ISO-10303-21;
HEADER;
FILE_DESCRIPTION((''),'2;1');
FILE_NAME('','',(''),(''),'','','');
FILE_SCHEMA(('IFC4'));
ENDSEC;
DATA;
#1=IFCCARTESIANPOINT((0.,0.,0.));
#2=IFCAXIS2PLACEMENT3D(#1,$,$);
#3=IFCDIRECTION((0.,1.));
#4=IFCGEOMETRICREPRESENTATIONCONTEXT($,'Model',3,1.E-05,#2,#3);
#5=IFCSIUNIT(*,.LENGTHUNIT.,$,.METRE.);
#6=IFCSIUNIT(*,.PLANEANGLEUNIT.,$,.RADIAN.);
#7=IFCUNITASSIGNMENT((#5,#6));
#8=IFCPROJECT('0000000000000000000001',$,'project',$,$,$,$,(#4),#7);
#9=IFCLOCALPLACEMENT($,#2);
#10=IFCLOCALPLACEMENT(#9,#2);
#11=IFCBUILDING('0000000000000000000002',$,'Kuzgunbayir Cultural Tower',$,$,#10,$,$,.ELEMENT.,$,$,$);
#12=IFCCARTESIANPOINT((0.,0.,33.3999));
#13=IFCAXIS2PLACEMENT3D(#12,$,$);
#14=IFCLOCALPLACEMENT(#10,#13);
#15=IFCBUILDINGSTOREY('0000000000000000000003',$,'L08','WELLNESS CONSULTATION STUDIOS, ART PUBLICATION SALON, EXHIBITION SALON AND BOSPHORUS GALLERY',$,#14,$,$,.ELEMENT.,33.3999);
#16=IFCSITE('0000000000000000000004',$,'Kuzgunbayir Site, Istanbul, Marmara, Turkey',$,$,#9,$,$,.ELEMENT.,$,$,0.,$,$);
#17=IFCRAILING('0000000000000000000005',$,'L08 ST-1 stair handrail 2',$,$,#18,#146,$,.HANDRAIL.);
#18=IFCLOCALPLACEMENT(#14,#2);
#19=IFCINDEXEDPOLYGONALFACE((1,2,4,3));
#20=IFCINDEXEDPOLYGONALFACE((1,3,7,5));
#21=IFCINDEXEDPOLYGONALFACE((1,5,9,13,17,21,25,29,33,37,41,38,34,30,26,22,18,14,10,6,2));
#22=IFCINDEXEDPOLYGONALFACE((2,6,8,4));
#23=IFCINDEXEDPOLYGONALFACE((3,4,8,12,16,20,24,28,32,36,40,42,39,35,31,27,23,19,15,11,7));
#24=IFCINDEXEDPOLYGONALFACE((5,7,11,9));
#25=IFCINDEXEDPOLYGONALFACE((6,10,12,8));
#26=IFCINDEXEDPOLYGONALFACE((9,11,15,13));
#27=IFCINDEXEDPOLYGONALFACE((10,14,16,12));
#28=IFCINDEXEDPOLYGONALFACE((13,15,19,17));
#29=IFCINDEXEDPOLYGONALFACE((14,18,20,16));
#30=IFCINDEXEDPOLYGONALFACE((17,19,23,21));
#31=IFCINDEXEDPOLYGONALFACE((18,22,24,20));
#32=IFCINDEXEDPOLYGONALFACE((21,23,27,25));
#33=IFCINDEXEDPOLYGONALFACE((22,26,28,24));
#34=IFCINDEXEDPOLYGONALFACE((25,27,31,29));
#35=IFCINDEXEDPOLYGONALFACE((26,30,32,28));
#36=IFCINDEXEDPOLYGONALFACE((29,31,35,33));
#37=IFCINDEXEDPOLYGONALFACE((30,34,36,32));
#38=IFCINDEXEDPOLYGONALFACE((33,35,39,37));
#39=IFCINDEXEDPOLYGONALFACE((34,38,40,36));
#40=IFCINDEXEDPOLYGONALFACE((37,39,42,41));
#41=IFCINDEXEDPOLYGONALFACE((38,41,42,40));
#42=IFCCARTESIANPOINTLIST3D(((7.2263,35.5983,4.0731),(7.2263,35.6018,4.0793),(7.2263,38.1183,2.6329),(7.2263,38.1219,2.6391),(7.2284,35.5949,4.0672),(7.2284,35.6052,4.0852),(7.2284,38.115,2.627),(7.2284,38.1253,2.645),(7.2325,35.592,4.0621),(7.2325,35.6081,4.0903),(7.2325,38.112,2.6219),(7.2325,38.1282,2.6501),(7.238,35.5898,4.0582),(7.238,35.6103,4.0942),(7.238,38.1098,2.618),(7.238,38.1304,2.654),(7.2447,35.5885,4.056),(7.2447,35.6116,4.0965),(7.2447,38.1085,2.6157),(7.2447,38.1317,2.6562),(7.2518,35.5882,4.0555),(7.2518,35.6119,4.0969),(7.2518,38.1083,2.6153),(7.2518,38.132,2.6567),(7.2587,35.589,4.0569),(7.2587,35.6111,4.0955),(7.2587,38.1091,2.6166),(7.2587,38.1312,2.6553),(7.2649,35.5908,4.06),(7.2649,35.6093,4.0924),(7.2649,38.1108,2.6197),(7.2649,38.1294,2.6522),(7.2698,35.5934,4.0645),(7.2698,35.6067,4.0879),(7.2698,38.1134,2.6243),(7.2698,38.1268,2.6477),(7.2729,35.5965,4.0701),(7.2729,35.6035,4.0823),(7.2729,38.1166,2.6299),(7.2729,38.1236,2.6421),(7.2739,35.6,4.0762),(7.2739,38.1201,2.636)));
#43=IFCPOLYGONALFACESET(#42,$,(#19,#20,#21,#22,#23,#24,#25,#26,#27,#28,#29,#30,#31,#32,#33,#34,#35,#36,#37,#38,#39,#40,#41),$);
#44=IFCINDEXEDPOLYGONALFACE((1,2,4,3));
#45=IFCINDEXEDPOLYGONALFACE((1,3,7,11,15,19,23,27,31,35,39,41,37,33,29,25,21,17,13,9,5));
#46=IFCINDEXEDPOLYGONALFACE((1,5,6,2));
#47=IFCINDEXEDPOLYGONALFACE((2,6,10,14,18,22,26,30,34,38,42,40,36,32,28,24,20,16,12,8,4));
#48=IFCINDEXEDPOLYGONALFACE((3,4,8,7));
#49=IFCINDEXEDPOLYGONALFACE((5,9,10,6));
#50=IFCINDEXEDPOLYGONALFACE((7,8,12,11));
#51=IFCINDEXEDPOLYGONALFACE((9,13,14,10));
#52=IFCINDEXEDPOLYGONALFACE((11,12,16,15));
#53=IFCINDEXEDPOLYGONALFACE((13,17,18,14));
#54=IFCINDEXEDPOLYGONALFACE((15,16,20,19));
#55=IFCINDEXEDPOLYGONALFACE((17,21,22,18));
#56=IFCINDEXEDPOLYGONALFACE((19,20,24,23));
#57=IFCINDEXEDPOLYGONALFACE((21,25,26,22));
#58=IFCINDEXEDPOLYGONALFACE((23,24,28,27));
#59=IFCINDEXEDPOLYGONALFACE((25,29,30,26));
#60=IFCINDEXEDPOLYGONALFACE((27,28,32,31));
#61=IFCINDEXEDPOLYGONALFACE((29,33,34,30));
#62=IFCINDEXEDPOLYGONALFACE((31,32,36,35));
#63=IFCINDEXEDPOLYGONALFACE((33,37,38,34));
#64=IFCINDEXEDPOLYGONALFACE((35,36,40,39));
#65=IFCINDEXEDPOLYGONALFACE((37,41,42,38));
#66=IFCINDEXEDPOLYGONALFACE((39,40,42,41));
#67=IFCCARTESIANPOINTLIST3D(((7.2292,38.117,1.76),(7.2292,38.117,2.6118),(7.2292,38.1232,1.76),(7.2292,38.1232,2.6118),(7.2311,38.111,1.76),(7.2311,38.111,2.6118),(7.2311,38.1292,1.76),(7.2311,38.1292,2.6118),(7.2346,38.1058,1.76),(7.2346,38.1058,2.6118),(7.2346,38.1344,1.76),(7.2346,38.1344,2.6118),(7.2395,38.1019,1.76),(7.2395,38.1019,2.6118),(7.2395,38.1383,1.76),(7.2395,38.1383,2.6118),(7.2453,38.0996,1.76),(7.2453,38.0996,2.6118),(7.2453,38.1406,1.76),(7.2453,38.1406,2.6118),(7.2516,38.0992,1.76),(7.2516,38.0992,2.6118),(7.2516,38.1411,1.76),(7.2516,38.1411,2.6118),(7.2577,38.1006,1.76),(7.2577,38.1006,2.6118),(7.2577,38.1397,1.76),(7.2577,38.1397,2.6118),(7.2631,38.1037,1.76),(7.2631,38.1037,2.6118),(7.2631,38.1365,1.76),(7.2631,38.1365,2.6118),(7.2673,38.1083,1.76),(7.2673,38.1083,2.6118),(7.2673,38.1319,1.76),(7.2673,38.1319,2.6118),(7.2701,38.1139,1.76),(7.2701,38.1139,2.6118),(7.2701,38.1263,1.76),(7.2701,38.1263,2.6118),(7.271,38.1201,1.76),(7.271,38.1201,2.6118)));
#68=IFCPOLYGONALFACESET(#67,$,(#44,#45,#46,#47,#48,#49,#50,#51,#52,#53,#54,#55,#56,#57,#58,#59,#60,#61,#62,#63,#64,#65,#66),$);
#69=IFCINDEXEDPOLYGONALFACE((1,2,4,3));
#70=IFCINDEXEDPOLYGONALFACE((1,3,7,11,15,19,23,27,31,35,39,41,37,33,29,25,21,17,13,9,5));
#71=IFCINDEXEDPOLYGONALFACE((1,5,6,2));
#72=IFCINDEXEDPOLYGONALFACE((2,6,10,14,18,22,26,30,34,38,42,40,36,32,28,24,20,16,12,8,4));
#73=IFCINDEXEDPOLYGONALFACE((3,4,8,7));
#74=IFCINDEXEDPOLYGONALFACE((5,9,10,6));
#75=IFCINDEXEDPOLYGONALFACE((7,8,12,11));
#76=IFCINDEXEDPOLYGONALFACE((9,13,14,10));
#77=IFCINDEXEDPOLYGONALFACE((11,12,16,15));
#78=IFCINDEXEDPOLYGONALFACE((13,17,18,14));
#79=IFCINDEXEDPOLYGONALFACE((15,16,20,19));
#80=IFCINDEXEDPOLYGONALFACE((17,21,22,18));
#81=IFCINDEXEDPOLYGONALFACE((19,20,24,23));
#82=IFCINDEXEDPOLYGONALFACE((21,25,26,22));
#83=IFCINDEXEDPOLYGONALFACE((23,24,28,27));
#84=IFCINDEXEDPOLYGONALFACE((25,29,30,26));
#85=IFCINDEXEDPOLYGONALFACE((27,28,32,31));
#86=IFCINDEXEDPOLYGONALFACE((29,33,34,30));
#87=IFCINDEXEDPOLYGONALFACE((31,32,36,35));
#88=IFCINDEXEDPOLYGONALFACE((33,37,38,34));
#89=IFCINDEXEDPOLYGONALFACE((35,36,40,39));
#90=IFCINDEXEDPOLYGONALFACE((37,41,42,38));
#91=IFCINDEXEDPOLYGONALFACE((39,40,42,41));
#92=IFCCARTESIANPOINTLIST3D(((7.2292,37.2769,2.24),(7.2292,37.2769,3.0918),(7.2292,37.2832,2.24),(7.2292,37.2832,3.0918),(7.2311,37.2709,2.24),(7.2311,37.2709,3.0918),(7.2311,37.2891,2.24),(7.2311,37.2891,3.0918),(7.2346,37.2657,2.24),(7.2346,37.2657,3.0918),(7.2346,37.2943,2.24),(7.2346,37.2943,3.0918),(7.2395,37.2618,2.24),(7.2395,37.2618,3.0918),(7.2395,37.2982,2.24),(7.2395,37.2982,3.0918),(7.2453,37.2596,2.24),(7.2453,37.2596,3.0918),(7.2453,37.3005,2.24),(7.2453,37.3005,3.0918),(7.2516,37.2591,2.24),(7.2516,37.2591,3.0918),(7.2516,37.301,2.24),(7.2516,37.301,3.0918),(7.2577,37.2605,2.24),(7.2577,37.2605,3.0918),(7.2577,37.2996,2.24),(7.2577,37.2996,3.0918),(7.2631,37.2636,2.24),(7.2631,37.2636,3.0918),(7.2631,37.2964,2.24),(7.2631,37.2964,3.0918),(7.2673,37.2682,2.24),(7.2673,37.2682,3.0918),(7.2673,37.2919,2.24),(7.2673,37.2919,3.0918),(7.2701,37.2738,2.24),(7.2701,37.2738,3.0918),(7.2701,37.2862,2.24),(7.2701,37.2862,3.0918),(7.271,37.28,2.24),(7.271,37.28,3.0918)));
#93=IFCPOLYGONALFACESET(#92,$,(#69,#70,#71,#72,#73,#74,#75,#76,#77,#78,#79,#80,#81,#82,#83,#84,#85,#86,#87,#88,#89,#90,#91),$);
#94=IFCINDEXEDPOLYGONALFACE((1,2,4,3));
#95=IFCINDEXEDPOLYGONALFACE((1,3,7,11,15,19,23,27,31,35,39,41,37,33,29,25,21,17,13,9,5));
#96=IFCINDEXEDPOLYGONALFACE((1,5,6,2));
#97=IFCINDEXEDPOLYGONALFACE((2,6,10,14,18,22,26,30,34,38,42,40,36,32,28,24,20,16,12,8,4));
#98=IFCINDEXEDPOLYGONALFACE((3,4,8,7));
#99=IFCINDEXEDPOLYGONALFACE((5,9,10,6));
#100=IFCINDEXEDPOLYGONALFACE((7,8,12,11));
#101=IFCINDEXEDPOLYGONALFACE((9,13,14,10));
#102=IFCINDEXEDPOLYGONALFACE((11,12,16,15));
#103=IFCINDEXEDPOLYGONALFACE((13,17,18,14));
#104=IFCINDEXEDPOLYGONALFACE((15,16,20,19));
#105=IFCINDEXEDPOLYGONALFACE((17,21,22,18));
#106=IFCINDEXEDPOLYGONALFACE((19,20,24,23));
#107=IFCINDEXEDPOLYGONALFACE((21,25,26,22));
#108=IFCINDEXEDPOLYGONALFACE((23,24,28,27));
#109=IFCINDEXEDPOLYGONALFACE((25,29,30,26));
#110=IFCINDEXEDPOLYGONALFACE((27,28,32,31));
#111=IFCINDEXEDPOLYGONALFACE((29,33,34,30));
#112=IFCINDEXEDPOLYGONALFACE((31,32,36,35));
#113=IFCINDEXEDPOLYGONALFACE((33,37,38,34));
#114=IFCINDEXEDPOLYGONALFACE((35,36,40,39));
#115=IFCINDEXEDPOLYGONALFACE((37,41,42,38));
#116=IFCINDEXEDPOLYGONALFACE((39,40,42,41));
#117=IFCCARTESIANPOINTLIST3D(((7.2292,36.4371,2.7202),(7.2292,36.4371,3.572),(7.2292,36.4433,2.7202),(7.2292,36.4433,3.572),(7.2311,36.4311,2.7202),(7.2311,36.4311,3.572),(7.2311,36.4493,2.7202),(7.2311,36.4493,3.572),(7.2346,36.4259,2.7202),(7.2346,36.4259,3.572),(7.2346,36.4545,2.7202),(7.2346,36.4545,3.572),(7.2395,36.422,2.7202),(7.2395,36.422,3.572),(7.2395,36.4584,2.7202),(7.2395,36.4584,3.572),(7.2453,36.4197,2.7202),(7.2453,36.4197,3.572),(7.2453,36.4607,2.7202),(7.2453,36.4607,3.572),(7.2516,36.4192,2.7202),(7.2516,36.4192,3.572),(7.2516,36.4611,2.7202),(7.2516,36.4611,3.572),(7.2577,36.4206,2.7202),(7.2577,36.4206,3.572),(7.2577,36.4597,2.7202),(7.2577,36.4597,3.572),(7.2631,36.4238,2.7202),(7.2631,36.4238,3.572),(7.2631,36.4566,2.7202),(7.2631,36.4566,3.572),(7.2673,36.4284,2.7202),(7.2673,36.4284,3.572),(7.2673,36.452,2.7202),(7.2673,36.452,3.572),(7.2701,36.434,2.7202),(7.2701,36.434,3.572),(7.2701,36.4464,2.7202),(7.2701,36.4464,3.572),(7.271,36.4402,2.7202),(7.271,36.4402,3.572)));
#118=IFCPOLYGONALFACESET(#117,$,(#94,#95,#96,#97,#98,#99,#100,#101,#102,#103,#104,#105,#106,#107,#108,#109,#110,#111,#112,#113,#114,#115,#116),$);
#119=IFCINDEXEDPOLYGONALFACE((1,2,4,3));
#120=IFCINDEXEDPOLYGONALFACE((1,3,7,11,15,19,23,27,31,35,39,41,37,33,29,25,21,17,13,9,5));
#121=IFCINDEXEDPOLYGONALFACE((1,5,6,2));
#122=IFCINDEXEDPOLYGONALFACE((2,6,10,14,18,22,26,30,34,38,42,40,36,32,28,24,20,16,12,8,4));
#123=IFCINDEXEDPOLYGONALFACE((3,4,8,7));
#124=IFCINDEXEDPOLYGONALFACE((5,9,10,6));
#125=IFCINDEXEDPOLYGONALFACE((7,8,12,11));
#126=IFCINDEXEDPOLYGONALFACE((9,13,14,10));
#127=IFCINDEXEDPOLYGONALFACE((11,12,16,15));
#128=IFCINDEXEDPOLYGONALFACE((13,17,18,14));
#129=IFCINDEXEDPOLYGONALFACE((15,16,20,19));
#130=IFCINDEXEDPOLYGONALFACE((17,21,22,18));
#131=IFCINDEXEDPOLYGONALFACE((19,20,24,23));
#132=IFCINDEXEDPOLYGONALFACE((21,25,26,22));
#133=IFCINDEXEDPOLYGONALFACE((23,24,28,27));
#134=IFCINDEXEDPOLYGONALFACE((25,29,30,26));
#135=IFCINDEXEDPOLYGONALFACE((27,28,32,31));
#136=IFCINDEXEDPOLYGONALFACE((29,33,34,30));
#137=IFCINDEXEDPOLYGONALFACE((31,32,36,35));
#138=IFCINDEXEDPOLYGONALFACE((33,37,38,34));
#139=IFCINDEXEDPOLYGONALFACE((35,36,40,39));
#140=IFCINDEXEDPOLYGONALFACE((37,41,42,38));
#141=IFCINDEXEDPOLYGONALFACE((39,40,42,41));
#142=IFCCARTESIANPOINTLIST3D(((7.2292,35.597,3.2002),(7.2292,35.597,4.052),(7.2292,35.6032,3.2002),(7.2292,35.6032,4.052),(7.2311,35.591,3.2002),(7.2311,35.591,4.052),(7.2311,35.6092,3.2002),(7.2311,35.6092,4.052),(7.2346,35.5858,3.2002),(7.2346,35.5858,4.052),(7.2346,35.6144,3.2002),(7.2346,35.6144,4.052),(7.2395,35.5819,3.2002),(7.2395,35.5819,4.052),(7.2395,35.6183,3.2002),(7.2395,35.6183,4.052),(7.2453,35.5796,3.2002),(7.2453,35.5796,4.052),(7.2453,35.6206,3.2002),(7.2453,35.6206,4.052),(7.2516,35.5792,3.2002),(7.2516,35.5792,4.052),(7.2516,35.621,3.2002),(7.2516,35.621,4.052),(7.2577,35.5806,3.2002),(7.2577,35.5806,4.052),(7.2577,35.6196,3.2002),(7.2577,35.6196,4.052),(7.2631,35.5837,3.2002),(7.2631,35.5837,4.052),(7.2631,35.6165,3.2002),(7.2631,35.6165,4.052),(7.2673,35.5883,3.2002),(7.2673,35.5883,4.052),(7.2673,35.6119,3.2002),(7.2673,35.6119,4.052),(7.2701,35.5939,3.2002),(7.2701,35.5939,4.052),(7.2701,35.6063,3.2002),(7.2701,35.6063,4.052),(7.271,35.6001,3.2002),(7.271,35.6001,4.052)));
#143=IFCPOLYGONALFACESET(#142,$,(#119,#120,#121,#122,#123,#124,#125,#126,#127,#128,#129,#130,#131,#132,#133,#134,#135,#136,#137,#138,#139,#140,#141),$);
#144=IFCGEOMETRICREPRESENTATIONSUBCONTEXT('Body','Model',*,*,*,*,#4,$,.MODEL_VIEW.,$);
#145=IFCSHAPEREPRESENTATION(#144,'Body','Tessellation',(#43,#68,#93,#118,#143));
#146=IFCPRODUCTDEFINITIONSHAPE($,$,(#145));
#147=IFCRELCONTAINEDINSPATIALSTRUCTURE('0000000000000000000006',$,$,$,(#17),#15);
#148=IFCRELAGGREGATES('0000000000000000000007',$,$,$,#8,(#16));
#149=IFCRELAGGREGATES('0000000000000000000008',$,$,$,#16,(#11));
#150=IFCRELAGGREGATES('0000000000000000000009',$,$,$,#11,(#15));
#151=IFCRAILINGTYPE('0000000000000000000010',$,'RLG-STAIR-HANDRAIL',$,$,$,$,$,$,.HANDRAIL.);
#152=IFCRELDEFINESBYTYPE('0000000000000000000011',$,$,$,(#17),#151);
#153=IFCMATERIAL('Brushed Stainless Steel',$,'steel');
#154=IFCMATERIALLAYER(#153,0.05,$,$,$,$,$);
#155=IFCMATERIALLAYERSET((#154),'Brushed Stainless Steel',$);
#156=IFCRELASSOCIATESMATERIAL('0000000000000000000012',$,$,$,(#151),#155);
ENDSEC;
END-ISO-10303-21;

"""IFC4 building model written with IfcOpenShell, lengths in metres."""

from ifc_helpers import new_model, si_unit, direction, frame, origin, origin_2d, place, context, subcontext, project, spatial, circle, extrude, material, layer, layer_set, type_object, element, save


model = new_model("IFC4")

# Units and contexts
model_context = context("Model", 3, precision=1e-05, world=origin(), true_north=direction((0.0, 1.0)))
body_context = subcontext(model_context, "Body", "Model", "MODEL_VIEW")
ifc_project = project(units=[si_unit("LENGTHUNIT", "METRE"), si_unit("PLANEANGLEUNIT", "RADIAN")], contexts=[model_context])

# Site, building, storey
site_placement = place(None, origin())
site = spatial("IfcSite", under=ifc_project, at=site_placement, Name="Kuzgunbayir Site, Istanbul, Marmara, Turkey", CompositionType="ELEMENT", RefElevation=0.0)
building_placement = place(site_placement, origin())
building = spatial("IfcBuilding", under=site, at=building_placement, Name="Kuzgunbayir Cultural Tower", CompositionType="ELEMENT")
storey_placement = place(building_placement, frame((0.0, 0.0, 33.3999)))
storey = spatial("IfcBuildingStorey", under=building, at=storey_placement, Name="L08", Description="WELLNESS CONSULTATION STUDIOS, ART PUBLICATION SALON, EXHIBITION SALON AND BOSPHORUS GALLERY", CompositionType="ELEMENT", Elevation=33.3999)

# Railing
ifc_material_1 = material(Name="Brushed Stainless Steel", Category="steel")
ifc_layer_1 = layer(ifc_material_1, 0.05)
ifc_layer_set_1 = layer_set([ifc_layer_1], Name="Brushed Stainless Steel")
railing_type_1 = type_object("IfcRailingType", Name="RLG-STAIR-HANDRAIL", PredefinedType="HANDRAIL", material=ifc_layer_set_1)
railing_1_placement = place(storey_placement, frame((7.25, 38.1201, 1.76)))
element("IfcRailing", 1, at=railing_1_placement, inside=storey, type_object=railing_type_1, Name="L08 ST-1 stair handrail 2", PredefinedType="HANDRAIL", context=body_context, shape_type="SweptSolid", body=[
    extrude(circle(Radius=0.0239, at=origin_2d()), frame((0.0, 0.0, 0.876), z_axis=(0.0, -0.868217, 0.496184), x_axis=(1.0, 0.0, 0.0)), (0.0, 0.0, 1.0), 2.9026),
    extrude(circle(Radius=0.021, at=origin_2d()), origin(), (0.0, 0.0, 1.0), 0.8518),
    extrude(circle(Radius=0.021, at=origin_2d()), frame((0.0, -0.8401, 0.48)), (0.0, 0.0, 1.0), 0.8518),
    extrude(circle(Radius=0.021, at=origin_2d()), frame((0.0, -1.6799, 0.9602)), (0.0, 0.0, 1.0), 0.8518),
    extrude(circle(Radius=0.021, at=origin_2d()), frame((0.0, -2.52, 1.4402)), (0.0, 0.0, 1.0), 0.8518),
])

save(model, "model.ifc")
